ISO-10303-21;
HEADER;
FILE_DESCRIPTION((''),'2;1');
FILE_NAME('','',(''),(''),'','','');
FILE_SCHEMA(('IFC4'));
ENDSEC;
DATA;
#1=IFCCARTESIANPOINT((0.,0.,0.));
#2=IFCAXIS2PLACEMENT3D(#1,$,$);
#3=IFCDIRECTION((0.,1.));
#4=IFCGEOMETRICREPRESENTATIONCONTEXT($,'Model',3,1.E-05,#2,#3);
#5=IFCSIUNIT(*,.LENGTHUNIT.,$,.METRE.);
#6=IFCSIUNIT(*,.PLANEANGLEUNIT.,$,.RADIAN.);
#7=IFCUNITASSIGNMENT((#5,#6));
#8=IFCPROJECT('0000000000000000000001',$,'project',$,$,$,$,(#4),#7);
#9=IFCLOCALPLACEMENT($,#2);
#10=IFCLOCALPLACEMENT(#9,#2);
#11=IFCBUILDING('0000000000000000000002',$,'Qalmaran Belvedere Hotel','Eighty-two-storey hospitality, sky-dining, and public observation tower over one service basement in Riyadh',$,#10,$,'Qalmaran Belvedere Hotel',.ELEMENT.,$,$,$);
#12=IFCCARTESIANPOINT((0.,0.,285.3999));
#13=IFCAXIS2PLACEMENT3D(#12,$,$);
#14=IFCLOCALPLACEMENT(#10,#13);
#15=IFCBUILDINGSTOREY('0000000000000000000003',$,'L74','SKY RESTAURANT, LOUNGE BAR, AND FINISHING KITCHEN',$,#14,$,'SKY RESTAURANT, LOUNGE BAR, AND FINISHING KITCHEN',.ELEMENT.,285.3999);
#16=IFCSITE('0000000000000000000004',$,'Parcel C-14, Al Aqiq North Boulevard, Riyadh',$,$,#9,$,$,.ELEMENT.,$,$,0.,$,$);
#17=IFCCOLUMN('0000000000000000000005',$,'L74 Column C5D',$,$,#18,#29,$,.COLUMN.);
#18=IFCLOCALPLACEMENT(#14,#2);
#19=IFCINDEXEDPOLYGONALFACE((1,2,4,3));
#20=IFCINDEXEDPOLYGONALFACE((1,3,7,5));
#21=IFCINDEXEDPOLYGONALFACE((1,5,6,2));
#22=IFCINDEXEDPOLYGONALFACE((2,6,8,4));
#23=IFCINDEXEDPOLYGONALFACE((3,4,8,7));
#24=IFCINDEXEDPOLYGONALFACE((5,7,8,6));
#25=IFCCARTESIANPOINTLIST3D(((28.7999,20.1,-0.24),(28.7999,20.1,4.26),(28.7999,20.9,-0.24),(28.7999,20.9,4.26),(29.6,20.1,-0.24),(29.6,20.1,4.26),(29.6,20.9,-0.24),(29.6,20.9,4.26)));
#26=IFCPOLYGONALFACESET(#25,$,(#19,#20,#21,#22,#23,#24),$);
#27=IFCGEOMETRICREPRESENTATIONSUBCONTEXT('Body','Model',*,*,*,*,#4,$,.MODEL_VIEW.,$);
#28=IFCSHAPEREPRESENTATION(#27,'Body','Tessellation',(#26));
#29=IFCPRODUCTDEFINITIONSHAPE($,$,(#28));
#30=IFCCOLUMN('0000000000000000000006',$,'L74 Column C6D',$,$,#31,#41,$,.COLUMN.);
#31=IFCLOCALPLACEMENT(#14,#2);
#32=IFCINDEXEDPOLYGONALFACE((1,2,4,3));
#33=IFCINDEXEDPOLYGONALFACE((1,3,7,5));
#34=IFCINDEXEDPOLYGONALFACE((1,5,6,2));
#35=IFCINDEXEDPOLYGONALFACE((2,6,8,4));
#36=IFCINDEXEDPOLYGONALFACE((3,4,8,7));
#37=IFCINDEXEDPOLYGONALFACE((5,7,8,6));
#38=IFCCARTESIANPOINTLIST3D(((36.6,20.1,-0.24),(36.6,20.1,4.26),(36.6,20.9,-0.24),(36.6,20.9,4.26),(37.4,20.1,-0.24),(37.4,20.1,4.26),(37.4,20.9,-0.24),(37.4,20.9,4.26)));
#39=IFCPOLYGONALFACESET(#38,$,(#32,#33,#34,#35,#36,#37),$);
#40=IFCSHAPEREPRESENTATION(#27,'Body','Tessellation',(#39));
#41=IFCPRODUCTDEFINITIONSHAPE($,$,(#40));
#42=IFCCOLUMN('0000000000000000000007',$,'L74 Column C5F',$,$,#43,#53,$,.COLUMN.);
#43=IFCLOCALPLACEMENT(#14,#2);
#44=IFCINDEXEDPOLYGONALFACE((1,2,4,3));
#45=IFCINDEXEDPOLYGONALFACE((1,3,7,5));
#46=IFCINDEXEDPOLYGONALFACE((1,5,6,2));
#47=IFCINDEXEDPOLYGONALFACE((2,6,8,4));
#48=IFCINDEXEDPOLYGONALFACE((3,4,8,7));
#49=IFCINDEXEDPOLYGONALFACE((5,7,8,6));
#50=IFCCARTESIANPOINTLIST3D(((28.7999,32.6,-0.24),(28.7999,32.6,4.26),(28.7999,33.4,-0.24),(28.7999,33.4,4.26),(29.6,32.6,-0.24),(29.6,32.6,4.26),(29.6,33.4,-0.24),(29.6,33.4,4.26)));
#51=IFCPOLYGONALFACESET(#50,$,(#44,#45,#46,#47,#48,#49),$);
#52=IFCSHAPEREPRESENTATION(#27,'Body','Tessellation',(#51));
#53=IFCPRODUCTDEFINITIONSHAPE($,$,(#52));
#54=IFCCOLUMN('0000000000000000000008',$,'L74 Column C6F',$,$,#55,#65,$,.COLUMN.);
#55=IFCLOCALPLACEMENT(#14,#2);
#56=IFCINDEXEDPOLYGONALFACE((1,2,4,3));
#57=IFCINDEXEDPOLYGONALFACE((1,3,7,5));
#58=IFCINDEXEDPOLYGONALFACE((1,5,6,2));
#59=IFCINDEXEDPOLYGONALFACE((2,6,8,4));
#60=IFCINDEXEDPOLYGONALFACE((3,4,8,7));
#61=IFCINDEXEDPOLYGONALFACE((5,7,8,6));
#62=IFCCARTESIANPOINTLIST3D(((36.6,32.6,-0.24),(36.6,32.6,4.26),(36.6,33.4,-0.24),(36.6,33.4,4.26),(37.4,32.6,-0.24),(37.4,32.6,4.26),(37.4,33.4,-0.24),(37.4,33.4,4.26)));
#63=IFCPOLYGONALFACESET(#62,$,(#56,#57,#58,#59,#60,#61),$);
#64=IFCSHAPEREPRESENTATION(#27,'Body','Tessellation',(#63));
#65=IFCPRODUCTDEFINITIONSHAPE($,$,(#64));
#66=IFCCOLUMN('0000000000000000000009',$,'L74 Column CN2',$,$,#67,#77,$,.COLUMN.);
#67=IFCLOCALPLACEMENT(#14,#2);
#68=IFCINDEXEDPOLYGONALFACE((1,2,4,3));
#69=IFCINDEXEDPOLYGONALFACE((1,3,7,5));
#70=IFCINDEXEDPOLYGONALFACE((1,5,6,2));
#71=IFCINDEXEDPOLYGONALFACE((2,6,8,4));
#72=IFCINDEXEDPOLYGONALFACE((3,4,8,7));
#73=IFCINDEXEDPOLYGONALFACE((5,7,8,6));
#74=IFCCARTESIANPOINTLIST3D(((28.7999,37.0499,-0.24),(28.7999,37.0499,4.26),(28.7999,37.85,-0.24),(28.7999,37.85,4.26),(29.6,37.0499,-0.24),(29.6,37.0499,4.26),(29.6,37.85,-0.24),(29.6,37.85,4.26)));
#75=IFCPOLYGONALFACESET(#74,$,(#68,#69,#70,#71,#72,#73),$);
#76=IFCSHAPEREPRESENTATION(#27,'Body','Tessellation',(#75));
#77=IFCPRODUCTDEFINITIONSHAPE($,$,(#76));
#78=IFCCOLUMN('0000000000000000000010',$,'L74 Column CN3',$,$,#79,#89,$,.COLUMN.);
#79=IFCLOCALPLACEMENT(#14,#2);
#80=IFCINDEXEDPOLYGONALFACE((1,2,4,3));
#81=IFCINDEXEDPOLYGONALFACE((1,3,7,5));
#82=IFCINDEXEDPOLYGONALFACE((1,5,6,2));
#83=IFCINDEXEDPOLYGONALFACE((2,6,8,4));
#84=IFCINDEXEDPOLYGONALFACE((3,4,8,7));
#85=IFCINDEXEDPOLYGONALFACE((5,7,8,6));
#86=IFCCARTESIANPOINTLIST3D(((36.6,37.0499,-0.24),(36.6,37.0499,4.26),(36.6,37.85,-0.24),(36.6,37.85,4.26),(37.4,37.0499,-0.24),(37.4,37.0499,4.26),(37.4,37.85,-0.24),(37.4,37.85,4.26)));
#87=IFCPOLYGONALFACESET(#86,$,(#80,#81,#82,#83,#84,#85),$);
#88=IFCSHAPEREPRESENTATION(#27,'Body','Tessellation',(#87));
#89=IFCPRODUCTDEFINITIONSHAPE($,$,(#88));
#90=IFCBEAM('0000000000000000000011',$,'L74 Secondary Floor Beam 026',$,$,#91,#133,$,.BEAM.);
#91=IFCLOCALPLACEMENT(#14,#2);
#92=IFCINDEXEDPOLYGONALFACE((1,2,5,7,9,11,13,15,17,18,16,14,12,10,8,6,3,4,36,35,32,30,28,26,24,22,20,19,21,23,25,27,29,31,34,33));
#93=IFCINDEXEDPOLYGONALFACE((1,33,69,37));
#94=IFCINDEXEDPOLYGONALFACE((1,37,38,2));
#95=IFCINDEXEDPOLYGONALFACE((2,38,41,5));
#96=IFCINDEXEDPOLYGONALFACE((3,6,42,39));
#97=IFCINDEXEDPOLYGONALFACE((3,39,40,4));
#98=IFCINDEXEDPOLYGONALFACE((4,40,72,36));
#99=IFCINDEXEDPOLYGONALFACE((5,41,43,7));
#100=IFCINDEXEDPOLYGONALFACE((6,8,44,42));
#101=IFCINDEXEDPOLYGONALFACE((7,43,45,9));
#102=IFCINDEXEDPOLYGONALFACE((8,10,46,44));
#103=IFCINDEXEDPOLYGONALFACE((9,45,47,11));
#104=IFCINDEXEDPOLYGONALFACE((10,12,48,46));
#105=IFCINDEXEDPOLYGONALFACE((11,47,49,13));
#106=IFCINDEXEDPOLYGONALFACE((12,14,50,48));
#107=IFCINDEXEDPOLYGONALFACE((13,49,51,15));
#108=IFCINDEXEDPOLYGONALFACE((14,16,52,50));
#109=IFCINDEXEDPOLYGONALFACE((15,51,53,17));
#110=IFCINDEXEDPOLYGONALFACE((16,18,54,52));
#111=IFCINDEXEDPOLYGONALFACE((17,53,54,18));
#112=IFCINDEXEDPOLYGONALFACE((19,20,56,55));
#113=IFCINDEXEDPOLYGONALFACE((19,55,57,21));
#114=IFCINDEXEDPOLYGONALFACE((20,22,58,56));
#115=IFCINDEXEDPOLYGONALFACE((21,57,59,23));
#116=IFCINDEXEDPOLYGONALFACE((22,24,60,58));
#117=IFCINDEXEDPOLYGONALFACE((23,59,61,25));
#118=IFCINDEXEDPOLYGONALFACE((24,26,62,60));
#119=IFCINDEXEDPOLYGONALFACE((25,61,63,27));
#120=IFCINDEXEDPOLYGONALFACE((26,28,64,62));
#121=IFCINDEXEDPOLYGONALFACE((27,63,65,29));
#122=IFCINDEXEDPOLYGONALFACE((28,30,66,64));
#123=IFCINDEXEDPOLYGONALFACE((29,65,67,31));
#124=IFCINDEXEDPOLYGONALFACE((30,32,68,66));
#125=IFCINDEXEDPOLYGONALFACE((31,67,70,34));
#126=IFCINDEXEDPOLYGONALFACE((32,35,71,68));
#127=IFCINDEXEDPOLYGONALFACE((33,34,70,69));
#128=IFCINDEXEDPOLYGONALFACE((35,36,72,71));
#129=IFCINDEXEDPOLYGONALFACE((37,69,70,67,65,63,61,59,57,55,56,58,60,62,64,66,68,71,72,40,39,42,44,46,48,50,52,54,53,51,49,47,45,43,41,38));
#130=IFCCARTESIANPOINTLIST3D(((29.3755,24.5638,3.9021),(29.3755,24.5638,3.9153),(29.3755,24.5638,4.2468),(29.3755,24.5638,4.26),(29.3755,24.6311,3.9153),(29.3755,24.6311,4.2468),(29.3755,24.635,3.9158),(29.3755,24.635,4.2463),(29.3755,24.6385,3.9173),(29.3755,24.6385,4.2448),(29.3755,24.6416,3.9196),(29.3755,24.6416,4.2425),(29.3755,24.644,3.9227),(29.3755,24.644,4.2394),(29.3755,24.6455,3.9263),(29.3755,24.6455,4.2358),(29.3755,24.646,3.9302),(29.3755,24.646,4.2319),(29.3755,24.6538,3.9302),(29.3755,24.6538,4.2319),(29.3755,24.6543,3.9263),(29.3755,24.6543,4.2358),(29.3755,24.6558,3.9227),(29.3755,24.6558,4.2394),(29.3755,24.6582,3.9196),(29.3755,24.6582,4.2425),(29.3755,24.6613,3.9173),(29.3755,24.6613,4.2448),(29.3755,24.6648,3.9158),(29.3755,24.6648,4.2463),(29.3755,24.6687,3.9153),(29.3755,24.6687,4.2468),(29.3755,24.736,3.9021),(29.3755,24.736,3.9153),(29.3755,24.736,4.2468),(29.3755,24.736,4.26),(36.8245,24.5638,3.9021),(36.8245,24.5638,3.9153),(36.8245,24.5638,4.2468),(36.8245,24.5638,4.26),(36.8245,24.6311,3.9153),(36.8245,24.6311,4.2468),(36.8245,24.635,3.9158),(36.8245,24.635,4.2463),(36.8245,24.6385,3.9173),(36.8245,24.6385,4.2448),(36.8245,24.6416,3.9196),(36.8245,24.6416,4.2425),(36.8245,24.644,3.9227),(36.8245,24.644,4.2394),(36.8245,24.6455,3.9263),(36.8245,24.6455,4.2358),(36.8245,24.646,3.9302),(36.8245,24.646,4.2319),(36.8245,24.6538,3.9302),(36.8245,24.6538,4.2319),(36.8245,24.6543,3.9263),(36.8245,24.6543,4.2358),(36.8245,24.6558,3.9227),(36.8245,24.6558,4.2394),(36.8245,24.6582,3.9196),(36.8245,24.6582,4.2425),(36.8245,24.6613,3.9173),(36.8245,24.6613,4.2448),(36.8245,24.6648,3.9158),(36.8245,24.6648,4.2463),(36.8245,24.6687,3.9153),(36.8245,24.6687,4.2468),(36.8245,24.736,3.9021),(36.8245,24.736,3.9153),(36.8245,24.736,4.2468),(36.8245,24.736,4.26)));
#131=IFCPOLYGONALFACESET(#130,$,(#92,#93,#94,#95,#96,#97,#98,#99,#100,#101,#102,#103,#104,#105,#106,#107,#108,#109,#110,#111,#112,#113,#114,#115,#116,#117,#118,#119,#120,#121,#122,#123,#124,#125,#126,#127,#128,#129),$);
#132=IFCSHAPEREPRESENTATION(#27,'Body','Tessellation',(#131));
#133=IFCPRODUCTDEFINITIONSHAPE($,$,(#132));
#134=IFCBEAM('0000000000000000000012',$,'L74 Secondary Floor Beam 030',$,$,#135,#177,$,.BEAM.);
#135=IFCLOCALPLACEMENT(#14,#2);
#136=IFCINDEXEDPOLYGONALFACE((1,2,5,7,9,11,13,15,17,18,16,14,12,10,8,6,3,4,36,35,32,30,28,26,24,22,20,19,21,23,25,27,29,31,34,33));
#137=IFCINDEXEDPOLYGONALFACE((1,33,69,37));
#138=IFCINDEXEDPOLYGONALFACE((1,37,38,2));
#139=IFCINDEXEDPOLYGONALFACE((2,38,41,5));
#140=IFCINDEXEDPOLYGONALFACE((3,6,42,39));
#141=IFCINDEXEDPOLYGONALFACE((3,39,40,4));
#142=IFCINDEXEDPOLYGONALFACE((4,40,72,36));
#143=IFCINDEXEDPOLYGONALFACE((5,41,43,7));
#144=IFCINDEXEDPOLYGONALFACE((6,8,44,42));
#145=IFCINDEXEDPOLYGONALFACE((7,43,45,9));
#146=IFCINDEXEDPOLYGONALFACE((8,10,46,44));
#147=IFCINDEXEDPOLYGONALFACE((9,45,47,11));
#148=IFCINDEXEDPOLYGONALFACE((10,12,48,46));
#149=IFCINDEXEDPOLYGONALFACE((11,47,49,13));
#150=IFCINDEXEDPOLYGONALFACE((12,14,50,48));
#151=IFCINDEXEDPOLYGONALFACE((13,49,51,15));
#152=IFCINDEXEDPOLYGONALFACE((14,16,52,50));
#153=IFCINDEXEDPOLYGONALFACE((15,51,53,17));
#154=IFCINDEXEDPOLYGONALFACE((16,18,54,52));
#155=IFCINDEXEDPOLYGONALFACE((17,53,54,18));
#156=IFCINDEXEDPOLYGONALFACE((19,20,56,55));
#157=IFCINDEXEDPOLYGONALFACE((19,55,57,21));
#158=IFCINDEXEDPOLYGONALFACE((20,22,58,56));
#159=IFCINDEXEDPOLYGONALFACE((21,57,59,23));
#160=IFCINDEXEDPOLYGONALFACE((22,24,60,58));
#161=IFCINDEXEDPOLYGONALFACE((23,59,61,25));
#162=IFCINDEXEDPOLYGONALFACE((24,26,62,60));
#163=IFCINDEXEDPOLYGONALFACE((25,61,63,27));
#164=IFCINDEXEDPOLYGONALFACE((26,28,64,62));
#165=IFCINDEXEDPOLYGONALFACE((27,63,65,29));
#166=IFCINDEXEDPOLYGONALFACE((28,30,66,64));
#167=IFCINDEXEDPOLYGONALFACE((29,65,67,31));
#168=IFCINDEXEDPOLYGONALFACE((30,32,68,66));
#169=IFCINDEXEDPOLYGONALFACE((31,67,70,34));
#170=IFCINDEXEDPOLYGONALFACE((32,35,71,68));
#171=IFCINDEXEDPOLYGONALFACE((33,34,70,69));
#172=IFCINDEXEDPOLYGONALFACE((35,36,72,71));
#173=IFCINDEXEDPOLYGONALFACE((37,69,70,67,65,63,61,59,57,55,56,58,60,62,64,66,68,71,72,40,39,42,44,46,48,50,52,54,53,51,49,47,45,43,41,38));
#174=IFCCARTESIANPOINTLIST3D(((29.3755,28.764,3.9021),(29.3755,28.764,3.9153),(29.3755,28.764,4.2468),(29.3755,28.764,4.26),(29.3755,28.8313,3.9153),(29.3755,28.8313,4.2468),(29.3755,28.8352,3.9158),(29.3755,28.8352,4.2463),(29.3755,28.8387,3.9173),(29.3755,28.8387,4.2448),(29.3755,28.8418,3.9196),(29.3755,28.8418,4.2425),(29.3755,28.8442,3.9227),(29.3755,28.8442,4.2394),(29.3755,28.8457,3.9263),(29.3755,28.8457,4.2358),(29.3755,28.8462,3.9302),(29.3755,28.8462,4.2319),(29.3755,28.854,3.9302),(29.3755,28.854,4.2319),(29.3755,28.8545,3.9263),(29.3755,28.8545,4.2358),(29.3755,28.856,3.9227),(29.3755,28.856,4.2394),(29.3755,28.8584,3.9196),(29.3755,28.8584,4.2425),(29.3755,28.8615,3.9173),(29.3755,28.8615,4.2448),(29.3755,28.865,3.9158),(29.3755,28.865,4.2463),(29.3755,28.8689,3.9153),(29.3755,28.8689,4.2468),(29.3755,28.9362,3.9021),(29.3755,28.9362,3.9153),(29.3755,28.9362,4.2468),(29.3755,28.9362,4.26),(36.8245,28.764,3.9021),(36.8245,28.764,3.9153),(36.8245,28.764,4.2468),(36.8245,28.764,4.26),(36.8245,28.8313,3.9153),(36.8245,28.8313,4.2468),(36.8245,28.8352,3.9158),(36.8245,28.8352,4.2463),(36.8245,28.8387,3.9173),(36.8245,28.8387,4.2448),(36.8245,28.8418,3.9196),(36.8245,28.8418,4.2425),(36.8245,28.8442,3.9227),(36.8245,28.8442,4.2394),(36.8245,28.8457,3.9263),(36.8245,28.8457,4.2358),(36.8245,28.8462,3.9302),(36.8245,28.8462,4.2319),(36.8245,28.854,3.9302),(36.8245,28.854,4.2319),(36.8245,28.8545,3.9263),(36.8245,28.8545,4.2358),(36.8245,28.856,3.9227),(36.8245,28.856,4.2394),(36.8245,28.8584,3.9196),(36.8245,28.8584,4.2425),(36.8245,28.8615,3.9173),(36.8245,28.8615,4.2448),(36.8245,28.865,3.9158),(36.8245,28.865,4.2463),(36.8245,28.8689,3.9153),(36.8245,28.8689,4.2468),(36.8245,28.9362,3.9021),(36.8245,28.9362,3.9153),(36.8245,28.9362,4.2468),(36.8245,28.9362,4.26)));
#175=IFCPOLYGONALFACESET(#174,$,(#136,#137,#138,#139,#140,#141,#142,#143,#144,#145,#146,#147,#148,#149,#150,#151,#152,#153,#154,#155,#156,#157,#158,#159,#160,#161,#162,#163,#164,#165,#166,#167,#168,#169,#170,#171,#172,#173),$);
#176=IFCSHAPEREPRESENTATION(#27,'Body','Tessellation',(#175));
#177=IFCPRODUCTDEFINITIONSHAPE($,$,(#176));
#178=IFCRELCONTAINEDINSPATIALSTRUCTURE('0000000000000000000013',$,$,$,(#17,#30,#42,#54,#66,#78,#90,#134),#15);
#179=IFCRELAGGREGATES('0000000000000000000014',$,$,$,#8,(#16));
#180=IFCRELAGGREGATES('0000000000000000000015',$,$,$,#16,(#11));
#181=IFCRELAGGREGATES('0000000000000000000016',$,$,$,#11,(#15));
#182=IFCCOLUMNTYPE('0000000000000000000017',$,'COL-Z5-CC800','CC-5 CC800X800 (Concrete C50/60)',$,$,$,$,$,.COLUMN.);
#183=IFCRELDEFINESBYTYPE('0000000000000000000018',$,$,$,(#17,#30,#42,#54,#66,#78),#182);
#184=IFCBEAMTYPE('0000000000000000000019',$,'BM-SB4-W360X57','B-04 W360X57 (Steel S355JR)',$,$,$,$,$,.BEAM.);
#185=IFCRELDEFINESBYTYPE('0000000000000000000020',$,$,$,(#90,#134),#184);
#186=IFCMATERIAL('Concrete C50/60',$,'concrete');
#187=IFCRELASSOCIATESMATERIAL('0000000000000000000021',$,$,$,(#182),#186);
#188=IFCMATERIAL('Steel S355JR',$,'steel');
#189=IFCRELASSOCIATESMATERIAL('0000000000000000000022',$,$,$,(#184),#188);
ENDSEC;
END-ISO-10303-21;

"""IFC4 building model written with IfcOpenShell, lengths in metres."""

from ifc_helpers import new_model, si_unit, direction, frame, origin, origin_2d, place, context, subcontext, project, spatial, rectangle, i_section, extrude, material, material_profile, profile_set, type_object, element, save


model = new_model("IFC4")

# Units and contexts
model_context = context("Model", 3, precision=1e-05, world=origin(), true_north=direction((0.0, 1.0)))
body_context = subcontext(model_context, "Body", "Model", "MODEL_VIEW")
ifc_project = project(units=[si_unit("LENGTHUNIT", "METRE"), si_unit("PLANEANGLEUNIT", "RADIAN")], contexts=[model_context])

# Site, building, storey
site_placement = place(None, origin())
site = spatial("IfcSite", under=ifc_project, at=site_placement, Name="Parcel C-14, Al Aqiq North Boulevard, Riyadh", CompositionType="ELEMENT", RefElevation=0.0)
building_placement = place(site_placement, origin())
building = spatial("IfcBuilding", under=site, at=building_placement, Name="Qalmaran Belvedere Hotel", Description="Eighty-two-storey hospitality, sky-dining, and public observation tower over one service basement in Riyadh", LongName="Qalmaran Belvedere Hotel", CompositionType="ELEMENT")
storey_placement = place(building_placement, frame((0.0, 0.0, 285.3999)))
storey = spatial("IfcBuildingStorey", under=building, at=storey_placement, Name="L74", Description="SKY RESTAURANT, LOUNGE BAR, AND FINISHING KITCHEN", LongName="SKY RESTAURANT, LOUNGE BAR, AND FINISHING KITCHEN", CompositionType="ELEMENT", Elevation=285.3999)

# Columns
ifc_material_1 = material(Name="Concrete C50/60", Category="concrete")
ifc_material_profile_1 = material_profile(ifc_material_1, rectangle(XDim=0.8, YDim=0.8, at=origin_2d()), Name="CC800X800")
ifc_profile_set_1 = profile_set([ifc_material_profile_1], Name="Concrete C50/60")
column_type = type_object("IfcColumnType", Name="COL-Z5-CC800", Description="CC-5 CC800X800 (Concrete C50/60)", PredefinedType="COLUMN", material=ifc_profile_set_1)
for number, where, z_axis, x_axis, name in (
    (1, (29.2, 20.5, -0.24), (0.0, 0.0, 1.0), (1.0, 0.0, 0.0), "L74 Column C5D"),
    (2, (37.0, 20.5, -0.24), (0.0, 0.0, 1.0), (1.0, 0.0, 0.0), "L74 Column C6D"),
    (3, (29.2, 33.0, -0.24), (0.0, 0.0, 1.0), (1.0, 0.0, 0.0), "L74 Column C5F"),
    (4, (37.0, 33.0, -0.24), (0.0, 0.0, 1.0), (1.0, 0.0, 0.0), "L74 Column C6F"),
    (5, (29.2, 37.45, -0.24), (0.0, 0.0, 1.0), (1.0, 0.0, 0.0), "L74 Column CN2"),
    (6, (37.0, 37.45, -0.24), (0.0, 0.0, 1.0), (1.0, 0.0, 0.0), "L74 Column CN3"),
):
    element("IfcColumn", number, at=place(storey_placement, frame(where, z_axis=z_axis, x_axis=x_axis)), inside=storey, type_object=column_type, Name=name, PredefinedType="COLUMN", context=body_context, shape_type="SweptSolid", body=[
        extrude(rectangle(XDim=0.8, YDim=0.8, at=origin_2d()), origin(), (0.0, 0.0, 1.0), 4.5),
    ])

# Beams
ifc_material_2 = material(Name="Steel S355JR", Category="steel")
ifc_material_profile_2 = material_profile(ifc_material_2, i_section(OverallWidth=0.1721, OverallDepth=0.3579, WebThickness=0.0078, FlangeThickness=0.0132, FilletRadius=0.0149, at=origin_2d()), Name="W360X57")
ifc_profile_set_2 = profile_set([ifc_material_profile_2], Name="Steel S355JR")
beam_type_1 = type_object("IfcBeamType", Name="BM-SB4-W360X57", Description="B-04 W360X57 (Steel S355JR)", PredefinedType="BEAM", material=ifc_profile_set_2)
for number, where, z_axis, x_axis, name in (
    (7, (29.3755, 24.6499, 4.0811), (1.0, 0.0, 0.0), (0.0, 1.0, 0.0), "L74 Secondary Floor Beam 026"),
    (8, (29.3755, 28.8501, 4.0811), (1.0, 0.0, 0.0), (0.0, 1.0, 0.0), "L74 Secondary Floor Beam 030"),
):
    element("IfcBeam", number, at=place(storey_placement, frame(where, z_axis=z_axis, x_axis=x_axis)), inside=storey, type_object=beam_type_1, Name=name, PredefinedType="BEAM", context=body_context, shape_type="SweptSolid", body=[
        extrude(i_section(OverallWidth=0.1721, OverallDepth=0.3579, WebThickness=0.0078, FlangeThickness=0.0132, FilletRadius=0.0149, at=origin_2d()), origin(), (0.0, 0.0, 1.0), 7.449),
    ])

save(model, "model.ifc")
